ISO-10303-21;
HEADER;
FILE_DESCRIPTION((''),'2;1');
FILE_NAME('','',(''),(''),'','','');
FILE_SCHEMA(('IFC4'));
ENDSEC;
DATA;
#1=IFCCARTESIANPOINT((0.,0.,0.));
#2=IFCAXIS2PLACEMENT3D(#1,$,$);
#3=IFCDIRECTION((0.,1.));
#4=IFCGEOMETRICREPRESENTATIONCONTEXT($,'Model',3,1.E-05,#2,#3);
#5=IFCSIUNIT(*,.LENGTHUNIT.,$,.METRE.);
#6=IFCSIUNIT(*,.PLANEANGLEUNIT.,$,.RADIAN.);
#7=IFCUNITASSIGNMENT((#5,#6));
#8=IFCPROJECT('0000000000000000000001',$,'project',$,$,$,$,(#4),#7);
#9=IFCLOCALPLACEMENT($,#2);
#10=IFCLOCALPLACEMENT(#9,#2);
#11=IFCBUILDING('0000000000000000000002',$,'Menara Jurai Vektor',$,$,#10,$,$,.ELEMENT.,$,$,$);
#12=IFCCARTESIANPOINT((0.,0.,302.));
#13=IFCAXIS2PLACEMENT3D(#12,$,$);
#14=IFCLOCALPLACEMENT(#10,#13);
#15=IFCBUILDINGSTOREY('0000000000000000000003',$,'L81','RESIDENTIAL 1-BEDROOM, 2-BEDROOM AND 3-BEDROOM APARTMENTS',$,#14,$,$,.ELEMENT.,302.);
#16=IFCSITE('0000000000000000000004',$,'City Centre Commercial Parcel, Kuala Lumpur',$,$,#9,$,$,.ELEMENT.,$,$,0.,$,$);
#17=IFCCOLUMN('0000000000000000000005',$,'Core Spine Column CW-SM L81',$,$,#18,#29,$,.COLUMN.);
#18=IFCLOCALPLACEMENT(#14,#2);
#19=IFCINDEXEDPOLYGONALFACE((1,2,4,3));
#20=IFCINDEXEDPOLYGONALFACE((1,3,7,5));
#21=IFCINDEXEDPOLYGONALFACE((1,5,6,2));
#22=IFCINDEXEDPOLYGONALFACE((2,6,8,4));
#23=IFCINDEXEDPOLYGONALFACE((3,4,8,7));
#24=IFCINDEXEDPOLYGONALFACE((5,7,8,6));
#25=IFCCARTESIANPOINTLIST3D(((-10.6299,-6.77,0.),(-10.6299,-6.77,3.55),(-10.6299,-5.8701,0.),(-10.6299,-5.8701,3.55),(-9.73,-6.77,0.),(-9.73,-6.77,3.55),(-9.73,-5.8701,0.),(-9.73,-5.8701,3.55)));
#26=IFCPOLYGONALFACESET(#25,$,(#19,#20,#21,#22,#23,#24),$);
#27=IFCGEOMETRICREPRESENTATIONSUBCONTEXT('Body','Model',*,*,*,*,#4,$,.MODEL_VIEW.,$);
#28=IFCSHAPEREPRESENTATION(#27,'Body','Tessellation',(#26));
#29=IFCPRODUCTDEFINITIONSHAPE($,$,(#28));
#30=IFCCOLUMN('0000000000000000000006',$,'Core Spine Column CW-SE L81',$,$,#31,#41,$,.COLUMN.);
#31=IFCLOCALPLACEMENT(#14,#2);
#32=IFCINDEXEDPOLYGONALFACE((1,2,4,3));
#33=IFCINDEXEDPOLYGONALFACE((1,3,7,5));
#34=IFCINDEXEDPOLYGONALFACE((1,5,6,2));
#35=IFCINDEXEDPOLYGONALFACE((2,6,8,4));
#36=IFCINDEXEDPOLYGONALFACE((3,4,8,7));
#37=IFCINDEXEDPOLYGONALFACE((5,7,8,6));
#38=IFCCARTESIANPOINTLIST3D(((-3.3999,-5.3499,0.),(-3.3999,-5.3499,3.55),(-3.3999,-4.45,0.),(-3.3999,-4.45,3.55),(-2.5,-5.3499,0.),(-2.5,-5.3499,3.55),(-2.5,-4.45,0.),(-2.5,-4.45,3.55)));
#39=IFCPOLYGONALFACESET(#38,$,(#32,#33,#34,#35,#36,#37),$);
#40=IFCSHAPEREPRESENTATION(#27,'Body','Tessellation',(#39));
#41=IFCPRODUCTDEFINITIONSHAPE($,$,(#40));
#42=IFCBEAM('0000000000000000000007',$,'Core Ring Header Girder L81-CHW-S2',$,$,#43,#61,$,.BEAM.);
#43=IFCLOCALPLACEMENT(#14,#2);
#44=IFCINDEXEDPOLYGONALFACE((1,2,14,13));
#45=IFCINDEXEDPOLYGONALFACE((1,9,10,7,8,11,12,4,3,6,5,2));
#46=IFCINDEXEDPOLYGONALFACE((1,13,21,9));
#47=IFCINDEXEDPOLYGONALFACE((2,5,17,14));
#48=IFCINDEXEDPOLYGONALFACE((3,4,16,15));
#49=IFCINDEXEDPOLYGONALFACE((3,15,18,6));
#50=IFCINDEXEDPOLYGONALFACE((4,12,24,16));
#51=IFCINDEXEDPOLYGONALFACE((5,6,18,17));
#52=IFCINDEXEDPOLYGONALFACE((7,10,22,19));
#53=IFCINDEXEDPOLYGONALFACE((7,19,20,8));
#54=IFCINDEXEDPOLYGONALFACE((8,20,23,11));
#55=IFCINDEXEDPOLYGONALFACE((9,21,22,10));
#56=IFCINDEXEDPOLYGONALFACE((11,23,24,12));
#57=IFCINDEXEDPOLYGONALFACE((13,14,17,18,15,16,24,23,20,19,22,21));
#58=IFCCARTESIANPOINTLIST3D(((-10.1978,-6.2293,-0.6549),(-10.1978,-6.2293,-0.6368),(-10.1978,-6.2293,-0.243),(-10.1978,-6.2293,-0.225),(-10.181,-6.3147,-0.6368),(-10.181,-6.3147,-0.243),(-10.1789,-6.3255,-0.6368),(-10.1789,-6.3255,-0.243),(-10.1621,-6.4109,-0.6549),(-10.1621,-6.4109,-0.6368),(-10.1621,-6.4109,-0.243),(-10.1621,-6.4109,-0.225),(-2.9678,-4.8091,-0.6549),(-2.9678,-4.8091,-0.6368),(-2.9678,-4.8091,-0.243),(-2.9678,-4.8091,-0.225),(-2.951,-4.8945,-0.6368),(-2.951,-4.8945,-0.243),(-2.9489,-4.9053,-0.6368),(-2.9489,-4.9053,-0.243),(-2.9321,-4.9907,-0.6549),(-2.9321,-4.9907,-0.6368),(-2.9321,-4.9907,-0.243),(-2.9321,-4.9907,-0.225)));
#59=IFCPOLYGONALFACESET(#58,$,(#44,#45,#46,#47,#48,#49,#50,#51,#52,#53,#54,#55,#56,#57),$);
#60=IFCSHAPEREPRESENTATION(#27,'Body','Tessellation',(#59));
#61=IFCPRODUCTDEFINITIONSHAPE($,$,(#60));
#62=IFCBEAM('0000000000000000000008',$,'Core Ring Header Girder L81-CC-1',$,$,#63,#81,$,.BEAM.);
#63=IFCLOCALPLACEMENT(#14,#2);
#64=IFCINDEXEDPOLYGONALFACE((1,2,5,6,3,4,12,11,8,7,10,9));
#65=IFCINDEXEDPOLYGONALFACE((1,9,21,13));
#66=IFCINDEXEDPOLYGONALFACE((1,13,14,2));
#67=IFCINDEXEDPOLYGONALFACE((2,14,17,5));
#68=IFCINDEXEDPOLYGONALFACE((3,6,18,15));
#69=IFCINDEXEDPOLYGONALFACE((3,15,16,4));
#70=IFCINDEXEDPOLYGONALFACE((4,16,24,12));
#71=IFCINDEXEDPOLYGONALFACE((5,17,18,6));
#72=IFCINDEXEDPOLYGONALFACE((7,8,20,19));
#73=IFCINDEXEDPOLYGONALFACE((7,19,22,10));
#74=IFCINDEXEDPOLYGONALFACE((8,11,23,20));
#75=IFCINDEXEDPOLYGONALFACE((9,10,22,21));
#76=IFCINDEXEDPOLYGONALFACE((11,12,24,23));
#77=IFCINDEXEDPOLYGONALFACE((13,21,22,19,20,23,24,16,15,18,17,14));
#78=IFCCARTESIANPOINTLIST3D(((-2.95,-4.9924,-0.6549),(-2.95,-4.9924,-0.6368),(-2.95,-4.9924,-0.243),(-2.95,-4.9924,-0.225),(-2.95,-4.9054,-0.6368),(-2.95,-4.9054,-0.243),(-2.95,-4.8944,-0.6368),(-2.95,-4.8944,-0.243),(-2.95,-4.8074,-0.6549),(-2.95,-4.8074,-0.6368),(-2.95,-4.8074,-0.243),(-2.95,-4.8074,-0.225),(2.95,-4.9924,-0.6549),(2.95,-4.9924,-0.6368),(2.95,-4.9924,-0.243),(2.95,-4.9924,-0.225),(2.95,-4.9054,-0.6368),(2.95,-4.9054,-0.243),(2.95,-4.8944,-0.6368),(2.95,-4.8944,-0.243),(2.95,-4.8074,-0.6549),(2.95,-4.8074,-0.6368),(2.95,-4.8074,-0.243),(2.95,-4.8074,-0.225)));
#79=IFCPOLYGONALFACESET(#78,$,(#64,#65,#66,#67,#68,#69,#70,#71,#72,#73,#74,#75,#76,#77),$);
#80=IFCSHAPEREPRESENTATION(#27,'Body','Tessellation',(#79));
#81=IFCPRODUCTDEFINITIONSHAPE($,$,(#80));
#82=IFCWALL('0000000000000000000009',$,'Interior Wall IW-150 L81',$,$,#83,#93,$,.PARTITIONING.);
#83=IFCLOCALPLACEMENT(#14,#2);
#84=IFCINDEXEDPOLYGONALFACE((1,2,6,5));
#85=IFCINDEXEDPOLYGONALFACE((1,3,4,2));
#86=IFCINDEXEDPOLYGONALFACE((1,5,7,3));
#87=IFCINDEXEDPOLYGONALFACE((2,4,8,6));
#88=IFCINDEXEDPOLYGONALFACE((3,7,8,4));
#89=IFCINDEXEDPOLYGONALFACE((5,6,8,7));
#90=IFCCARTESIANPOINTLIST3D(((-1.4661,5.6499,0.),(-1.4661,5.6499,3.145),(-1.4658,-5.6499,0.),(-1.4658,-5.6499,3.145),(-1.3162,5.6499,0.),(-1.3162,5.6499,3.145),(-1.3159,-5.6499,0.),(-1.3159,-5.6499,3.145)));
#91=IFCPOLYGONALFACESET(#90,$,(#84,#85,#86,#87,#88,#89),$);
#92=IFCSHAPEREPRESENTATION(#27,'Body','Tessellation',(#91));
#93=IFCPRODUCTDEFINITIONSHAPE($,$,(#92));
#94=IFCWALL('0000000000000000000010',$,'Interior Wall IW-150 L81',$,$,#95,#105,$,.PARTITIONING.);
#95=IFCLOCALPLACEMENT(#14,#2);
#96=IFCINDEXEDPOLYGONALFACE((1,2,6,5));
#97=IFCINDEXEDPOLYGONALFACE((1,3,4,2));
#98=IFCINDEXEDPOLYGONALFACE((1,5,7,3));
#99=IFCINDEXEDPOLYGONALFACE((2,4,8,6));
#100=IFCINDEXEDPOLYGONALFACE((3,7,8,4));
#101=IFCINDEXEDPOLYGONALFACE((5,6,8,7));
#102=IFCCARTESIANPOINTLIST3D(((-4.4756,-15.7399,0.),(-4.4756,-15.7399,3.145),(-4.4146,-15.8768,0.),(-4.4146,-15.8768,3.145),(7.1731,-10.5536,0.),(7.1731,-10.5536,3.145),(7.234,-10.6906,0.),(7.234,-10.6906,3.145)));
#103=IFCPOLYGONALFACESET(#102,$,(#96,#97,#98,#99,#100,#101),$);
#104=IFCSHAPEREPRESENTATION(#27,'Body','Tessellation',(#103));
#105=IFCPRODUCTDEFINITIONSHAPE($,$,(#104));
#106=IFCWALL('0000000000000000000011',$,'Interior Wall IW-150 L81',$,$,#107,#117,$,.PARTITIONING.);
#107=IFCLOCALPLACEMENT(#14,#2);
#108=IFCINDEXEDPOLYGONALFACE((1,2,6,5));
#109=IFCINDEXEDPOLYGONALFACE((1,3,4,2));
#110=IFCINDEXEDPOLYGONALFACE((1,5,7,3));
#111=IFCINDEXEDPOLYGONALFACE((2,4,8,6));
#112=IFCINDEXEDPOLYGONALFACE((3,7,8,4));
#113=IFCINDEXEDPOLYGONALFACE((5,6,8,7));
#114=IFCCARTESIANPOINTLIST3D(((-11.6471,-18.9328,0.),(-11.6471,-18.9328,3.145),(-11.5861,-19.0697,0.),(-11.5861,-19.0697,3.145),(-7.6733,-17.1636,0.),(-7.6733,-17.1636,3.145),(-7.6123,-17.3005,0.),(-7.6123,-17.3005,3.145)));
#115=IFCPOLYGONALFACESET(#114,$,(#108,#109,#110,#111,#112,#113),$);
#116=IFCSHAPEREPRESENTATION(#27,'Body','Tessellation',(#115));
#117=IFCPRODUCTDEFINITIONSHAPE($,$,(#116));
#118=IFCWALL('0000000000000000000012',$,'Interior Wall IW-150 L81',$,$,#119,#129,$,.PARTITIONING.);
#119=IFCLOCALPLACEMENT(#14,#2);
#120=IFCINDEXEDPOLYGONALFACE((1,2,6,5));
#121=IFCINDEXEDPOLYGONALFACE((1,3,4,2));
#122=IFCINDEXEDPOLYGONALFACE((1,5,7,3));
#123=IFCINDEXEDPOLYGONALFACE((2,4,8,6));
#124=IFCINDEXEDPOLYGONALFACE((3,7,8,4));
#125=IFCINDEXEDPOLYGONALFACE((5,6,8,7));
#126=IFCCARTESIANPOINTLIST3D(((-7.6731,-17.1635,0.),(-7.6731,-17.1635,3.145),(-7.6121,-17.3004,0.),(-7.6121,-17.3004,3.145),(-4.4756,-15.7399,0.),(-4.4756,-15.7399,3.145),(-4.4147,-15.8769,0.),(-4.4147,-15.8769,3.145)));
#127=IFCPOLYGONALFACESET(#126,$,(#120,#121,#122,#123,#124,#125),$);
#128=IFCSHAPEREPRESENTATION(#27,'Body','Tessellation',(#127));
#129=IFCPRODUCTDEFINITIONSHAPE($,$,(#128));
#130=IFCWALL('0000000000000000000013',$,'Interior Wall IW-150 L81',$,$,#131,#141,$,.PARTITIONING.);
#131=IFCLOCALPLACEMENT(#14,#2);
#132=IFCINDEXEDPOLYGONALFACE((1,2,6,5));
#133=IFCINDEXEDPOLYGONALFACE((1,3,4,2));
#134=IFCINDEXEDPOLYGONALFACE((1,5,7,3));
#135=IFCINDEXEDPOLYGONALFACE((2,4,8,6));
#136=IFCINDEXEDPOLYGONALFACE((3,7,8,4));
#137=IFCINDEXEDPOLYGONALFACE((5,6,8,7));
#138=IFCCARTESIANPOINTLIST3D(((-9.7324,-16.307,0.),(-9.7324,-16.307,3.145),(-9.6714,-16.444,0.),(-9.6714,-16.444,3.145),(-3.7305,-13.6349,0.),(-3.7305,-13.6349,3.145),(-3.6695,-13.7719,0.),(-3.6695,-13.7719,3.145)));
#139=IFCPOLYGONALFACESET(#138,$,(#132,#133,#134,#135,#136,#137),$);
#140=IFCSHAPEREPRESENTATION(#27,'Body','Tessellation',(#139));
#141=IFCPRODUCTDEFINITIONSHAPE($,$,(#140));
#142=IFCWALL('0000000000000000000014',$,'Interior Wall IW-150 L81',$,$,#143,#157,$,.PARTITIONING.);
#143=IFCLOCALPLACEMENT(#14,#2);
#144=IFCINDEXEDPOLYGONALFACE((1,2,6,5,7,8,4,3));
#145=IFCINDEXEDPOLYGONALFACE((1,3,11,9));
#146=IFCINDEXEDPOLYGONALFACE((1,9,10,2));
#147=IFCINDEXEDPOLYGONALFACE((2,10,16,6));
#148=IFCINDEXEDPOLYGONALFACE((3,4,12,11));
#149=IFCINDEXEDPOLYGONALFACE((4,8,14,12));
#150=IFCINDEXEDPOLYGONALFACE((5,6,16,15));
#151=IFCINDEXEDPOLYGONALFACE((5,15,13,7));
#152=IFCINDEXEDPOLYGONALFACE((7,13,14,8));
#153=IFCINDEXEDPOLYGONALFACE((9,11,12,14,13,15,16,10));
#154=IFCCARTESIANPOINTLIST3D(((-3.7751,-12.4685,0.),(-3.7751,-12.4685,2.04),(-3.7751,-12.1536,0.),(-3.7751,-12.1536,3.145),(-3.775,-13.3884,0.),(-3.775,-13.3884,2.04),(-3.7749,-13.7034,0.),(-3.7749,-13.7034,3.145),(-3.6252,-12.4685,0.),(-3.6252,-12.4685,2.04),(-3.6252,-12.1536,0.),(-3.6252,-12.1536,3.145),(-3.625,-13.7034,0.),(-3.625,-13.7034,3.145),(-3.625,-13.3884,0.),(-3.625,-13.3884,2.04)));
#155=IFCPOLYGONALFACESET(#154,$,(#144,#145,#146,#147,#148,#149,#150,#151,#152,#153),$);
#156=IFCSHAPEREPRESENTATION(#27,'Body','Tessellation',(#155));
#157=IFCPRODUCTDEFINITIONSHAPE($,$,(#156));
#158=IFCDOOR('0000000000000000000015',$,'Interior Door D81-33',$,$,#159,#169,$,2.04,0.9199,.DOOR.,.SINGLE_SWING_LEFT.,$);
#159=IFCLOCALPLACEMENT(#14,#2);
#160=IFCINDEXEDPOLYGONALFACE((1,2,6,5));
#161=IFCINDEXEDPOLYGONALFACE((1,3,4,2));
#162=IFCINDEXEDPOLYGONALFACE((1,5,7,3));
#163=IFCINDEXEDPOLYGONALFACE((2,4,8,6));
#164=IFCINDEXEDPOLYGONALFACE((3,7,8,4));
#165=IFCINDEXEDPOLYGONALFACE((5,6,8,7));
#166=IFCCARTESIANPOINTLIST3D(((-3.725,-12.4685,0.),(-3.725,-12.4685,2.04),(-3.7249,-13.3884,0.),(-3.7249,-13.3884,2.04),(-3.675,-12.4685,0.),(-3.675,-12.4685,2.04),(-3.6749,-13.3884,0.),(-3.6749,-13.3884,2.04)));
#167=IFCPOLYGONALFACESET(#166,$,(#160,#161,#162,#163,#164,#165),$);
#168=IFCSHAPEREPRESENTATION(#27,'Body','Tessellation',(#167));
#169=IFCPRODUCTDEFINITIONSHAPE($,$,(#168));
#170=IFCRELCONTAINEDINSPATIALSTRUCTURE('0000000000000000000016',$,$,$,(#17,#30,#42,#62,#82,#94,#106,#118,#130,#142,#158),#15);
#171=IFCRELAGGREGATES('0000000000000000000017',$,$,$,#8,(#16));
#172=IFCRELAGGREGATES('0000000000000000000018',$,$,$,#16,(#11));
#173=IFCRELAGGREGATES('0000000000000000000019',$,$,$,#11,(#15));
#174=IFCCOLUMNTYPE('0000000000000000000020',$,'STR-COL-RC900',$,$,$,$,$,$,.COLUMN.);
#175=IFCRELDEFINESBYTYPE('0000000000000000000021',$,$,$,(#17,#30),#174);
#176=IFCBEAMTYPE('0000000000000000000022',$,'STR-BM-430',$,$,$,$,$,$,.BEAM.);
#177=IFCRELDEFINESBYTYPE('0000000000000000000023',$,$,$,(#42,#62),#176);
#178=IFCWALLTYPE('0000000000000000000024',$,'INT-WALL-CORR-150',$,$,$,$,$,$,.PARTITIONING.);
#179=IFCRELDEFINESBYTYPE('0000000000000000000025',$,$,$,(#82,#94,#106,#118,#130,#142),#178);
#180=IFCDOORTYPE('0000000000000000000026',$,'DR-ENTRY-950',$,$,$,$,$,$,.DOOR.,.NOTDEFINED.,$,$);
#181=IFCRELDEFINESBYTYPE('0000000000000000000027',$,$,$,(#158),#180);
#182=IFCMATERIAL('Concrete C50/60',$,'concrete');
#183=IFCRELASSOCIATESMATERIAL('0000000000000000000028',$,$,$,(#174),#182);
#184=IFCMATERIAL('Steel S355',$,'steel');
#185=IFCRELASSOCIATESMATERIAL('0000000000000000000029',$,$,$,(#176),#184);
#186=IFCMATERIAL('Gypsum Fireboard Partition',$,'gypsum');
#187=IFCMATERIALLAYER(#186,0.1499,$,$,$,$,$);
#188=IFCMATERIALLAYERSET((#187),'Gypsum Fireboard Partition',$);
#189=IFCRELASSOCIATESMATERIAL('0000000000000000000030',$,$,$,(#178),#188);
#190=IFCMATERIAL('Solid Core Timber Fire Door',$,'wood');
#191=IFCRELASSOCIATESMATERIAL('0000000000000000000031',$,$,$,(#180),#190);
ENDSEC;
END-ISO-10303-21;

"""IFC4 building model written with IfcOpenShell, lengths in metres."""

from ifc_helpers import new_model, si_unit, direction, frame, frame_2d, origin, origin_2d, place, context, subcontext, project, spatial, rectangle, i_section, extrude, material, layer, layer_set, material_profile, profile_set, type_object, element, fill, save


model = new_model("IFC4")

# Units and contexts
model_context = context("Model", 3, precision=1e-05, world=origin(), true_north=direction((0.0, 1.0)))
body_context = subcontext(model_context, "Body", "Model", "MODEL_VIEW")
ifc_project = project(units=[si_unit("LENGTHUNIT", "METRE"), si_unit("PLANEANGLEUNIT", "RADIAN")], contexts=[model_context])

# Site, building, storey
site_placement = place(None, origin())
site = spatial("IfcSite", under=ifc_project, at=site_placement, Name="City Centre Commercial Parcel, Kuala Lumpur", CompositionType="ELEMENT", RefElevation=0.0)
building_placement = place(site_placement, origin())
building = spatial("IfcBuilding", under=site, at=building_placement, Name="Menara Jurai Vektor", CompositionType="ELEMENT")
storey_placement = place(building_placement, frame((0.0, 0.0, 302.0)))
storey = spatial("IfcBuildingStorey", under=building, at=storey_placement, Name="L81", Description="RESIDENTIAL 1-BEDROOM, 2-BEDROOM AND 3-BEDROOM APARTMENTS", CompositionType="ELEMENT", Elevation=302.0)

# Columns
ifc_material_1 = material(Name="Concrete C50/60", Category="concrete")
ifc_material_profile_1 = material_profile(ifc_material_1, rectangle(XDim=0.8999, YDim=0.8999, at=origin_2d()), Name="RC 900x900")
ifc_profile_set_1 = profile_set([ifc_material_profile_1], Name="Concrete C50/60")
column_type = type_object("IfcColumnType", Name="STR-COL-RC900", PredefinedType="COLUMN", material=ifc_profile_set_1)
for number, where, z_axis, x_axis, name in (
    (1, (-10.1799, -6.3201, 0.0), (0.0, 0.0, 1.0), (1.0, 0.0, 0.0), "Core Spine Column CW-SM L81"),
    (2, (-2.95, -4.8999, 0.0), (0.0, 0.0, 1.0), (1.0, 0.0, 0.0), "Core Spine Column CW-SE L81"),
):
    element("IfcColumn", number, at=place(storey_placement, frame(where, z_axis=z_axis, x_axis=x_axis)), inside=storey, type_object=column_type, Name=name, PredefinedType="COLUMN", context=body_context, shape_type="SweptSolid", body=[
        extrude(rectangle(XDim=0.8999, YDim=0.8999, at=origin_2d()), origin(), (0.0, 0.0, 1.0), 3.55),
    ])

# Beams
ifc_material_2 = material(Name="Steel S355", Category="steel")
ifc_material_profile_2 = material_profile(ifc_material_2, i_section(OverallWidth=0.1851, OverallDepth=0.4299, WebThickness=0.011, FlangeThickness=0.0181, at=origin_2d()), Name="PG 430x185x76")
ifc_profile_set_2 = profile_set([ifc_material_profile_2], Name="Steel S355")
beam_type = type_object("IfcBeamType", Name="STR-BM-430", PredefinedType="BEAM", material=ifc_profile_set_2)
beam_1_placement = place(storey_placement, frame((-10.1799, -6.3201, -0.4399), z_axis=(0.981249, 0.192744, 0.0), x_axis=(-0.192744, 0.981249, 0.0)))
element("IfcBeam", 3, at=beam_1_placement, inside=storey, type_object=beam_type, Name="Core Ring Header Girder L81-CHW-S2", PredefinedType="BEAM", context=body_context, shape_type="SweptSolid", body=[
    extrude(i_section(OverallWidth=0.1851, OverallDepth=0.4299, WebThickness=0.011, FlangeThickness=0.0181, at=origin_2d()), origin(), (0.0, 0.0, 1.0), 7.3682),
])
beam_2_placement = place(storey_placement, frame((-2.95, -4.8999, -0.4399), z_axis=(1.0, 0.0, 0.0), x_axis=(0.0, 1.0, 0.0)))
element("IfcBeam", 4, at=beam_2_placement, inside=storey, type_object=beam_type, Name="Core Ring Header Girder L81-CC-1", PredefinedType="BEAM", context=body_context, shape_type="SweptSolid", body=[
    extrude(i_section(OverallWidth=0.1851, OverallDepth=0.4299, WebThickness=0.011, FlangeThickness=0.0181, at=origin_2d()), origin(), (0.0, 0.0, 1.0), 5.8999),
])

# Walls
ifc_material_3 = material(Name="Gypsum Fireboard Partition", Category="gypsum")
ifc_layer_1 = layer(ifc_material_3, 0.1499)
ifc_layer_set_1 = layer_set([ifc_layer_1], Name="Gypsum Fireboard Partition")
wall_type_1 = type_object("IfcWallType", Name="INT-WALL-CORR-150", PredefinedType="PARTITIONING", material=ifc_layer_set_1)
wall_1_placement = place(storey_placement, frame((-1.3909, -5.6499, 0.0), z_axis=(0.0, 0.0, 1.0), x_axis=(-0.000022, 1.0, 0.0)))
element("IfcWall", 5, at=wall_1_placement, inside=storey, type_object=wall_type_1, Name="Interior Wall IW-150 L81", PredefinedType="PARTITIONING", context=body_context, shape_type="SweptSolid", body=[
    extrude(rectangle(XDim=11.2998, YDim=0.1499, at=frame_2d((5.6499, 0.0))), origin(), (0.0, 0.0, 1.0), 3.145),
])
wall_2_placement = place(storey_placement, frame((-4.4451, -15.8083, 0.0), z_axis=(0.0, 0.0, 1.0), x_axis=(0.913547, 0.406734, 0.0)))
element("IfcWall", 6, at=wall_2_placement, inside=storey, type_object=wall_type_1, Name="Interior Wall IW-150 L81", PredefinedType="PARTITIONING", context=body_context, shape_type="SweptSolid", body=[
    extrude(rectangle(XDim=12.751, YDim=0.1499, at=frame_2d((6.3755, 0.0))), origin(), (0.0, 0.0, 1.0), 3.145),
])
wall_3_placement = place(storey_placement, frame((-11.6165, -19.0012, 0.0), z_axis=(0.0, 0.0, 1.0), x_axis=(0.913545, 0.406737, 0.0)))
element("IfcWall", 7, at=wall_3_placement, inside=storey, type_object=wall_type_1, Name="Interior Wall IW-150 L81", PredefinedType="PARTITIONING", context=body_context, shape_type="SweptSolid", body=[
    extrude(rectangle(XDim=4.3499, YDim=0.1499, at=frame_2d((2.1748, 0.0))), origin(), (0.0, 0.0, 1.0), 3.145),
])
wall_4_placement = place(storey_placement, frame((-7.6426, -17.2319, 0.0), z_axis=(0.0, 0.0, 1.0), x_axis=(0.91355, 0.406727, 0.0)))
element("IfcWall", 8, at=wall_4_placement, inside=storey, type_object=wall_type_1, Name="Interior Wall IW-150 L81", PredefinedType="PARTITIONING", context=body_context, shape_type="SweptSolid", body=[
    extrude(rectangle(XDim=3.5, YDim=0.1499, at=frame_2d((1.75, 0.0))), origin(), (0.0, 0.0, 1.0), 3.145),
])
wall_5_placement = place(storey_placement, frame((-9.7019, -16.3755, 0.0), z_axis=(0.0, 0.0, 1.0), x_axis=(0.913552, 0.406721, 0.0)))
element("IfcWall", 9, at=wall_5_placement, inside=storey, type_object=wall_type_1, Name="Interior Wall IW-150 L81", PredefinedType="PARTITIONING", context=body_context, shape_type="SweptSolid", body=[
    extrude(rectangle(XDim=6.5698, YDim=0.1499, at=frame_2d((3.2849, 0.0))), origin(), (0.0, 0.0, 1.0), 3.145),
])

# Wall, opening, door
wall_6_placement = place(storey_placement, frame((-3.7, -13.7034, 0.0), z_axis=(0.0, 0.0, 1.0), x_axis=(-0.000158, 1.0, 0.0)))
wall_6 = element("IfcWall", 10, at=wall_6_placement, inside=storey, type_object=wall_type_1, Name="Interior Wall IW-150 L81", PredefinedType="PARTITIONING", context=body_context, shape_type="SweptSolid", body=[
    extrude(rectangle(XDim=1.5498, YDim=0.1499, at=frame_2d((0.7749, 0.0))), origin(), (0.0, 0.0, 1.0), 3.145),
])
opening_1_placement = place(wall_6_placement, frame((0.3149, 0.0, 0.0)))
opening_1 = element("IfcOpeningElement", 11, at=opening_1_placement, cuts=wall_6, PredefinedType="OPENING", context=body_context, shape_type="SweptSolid", body=[
    extrude(rectangle(XDim=0.9199, YDim=2.04, at=frame_2d((0.46, 1.02))), frame((0.0, 0.085, 0.0), z_axis=(0.0, -1.0, 0.0), x_axis=(1.0, 0.0, 0.0)), (0.0, 0.0, 1.0), 0.1699),
])
ifc_material_4 = material(Name="Solid Core Timber Fire Door", Category="wood")
door_type = type_object("IfcDoorType", Name="DR-ENTRY-950", OperationType="NOTDEFINED", PredefinedType="DOOR", material=ifc_material_4)
door_1_placement = place(opening_1_placement, origin())
door_1 = element("IfcDoor", 12, at=door_1_placement, inside=storey, type_object=door_type, Name="Interior Door D81-33", OperationType="SINGLE_SWING_LEFT", OverallHeight=2.04, OverallWidth=0.9199, PredefinedType="DOOR", context=body_context, shape_type="SweptSolid", body=[
    extrude(rectangle(XDim=0.9199, YDim=2.04, at=frame_2d((0.46, 1.02))), frame((0.0, 0.0249, 0.0), z_axis=(0.0, -1.0, 0.0), x_axis=(1.0, 0.0, 0.0)), (0.0, 0.0, 1.0), 0.05),
])
fill(opening_1, door_1)

save(model, "model.ifc")
